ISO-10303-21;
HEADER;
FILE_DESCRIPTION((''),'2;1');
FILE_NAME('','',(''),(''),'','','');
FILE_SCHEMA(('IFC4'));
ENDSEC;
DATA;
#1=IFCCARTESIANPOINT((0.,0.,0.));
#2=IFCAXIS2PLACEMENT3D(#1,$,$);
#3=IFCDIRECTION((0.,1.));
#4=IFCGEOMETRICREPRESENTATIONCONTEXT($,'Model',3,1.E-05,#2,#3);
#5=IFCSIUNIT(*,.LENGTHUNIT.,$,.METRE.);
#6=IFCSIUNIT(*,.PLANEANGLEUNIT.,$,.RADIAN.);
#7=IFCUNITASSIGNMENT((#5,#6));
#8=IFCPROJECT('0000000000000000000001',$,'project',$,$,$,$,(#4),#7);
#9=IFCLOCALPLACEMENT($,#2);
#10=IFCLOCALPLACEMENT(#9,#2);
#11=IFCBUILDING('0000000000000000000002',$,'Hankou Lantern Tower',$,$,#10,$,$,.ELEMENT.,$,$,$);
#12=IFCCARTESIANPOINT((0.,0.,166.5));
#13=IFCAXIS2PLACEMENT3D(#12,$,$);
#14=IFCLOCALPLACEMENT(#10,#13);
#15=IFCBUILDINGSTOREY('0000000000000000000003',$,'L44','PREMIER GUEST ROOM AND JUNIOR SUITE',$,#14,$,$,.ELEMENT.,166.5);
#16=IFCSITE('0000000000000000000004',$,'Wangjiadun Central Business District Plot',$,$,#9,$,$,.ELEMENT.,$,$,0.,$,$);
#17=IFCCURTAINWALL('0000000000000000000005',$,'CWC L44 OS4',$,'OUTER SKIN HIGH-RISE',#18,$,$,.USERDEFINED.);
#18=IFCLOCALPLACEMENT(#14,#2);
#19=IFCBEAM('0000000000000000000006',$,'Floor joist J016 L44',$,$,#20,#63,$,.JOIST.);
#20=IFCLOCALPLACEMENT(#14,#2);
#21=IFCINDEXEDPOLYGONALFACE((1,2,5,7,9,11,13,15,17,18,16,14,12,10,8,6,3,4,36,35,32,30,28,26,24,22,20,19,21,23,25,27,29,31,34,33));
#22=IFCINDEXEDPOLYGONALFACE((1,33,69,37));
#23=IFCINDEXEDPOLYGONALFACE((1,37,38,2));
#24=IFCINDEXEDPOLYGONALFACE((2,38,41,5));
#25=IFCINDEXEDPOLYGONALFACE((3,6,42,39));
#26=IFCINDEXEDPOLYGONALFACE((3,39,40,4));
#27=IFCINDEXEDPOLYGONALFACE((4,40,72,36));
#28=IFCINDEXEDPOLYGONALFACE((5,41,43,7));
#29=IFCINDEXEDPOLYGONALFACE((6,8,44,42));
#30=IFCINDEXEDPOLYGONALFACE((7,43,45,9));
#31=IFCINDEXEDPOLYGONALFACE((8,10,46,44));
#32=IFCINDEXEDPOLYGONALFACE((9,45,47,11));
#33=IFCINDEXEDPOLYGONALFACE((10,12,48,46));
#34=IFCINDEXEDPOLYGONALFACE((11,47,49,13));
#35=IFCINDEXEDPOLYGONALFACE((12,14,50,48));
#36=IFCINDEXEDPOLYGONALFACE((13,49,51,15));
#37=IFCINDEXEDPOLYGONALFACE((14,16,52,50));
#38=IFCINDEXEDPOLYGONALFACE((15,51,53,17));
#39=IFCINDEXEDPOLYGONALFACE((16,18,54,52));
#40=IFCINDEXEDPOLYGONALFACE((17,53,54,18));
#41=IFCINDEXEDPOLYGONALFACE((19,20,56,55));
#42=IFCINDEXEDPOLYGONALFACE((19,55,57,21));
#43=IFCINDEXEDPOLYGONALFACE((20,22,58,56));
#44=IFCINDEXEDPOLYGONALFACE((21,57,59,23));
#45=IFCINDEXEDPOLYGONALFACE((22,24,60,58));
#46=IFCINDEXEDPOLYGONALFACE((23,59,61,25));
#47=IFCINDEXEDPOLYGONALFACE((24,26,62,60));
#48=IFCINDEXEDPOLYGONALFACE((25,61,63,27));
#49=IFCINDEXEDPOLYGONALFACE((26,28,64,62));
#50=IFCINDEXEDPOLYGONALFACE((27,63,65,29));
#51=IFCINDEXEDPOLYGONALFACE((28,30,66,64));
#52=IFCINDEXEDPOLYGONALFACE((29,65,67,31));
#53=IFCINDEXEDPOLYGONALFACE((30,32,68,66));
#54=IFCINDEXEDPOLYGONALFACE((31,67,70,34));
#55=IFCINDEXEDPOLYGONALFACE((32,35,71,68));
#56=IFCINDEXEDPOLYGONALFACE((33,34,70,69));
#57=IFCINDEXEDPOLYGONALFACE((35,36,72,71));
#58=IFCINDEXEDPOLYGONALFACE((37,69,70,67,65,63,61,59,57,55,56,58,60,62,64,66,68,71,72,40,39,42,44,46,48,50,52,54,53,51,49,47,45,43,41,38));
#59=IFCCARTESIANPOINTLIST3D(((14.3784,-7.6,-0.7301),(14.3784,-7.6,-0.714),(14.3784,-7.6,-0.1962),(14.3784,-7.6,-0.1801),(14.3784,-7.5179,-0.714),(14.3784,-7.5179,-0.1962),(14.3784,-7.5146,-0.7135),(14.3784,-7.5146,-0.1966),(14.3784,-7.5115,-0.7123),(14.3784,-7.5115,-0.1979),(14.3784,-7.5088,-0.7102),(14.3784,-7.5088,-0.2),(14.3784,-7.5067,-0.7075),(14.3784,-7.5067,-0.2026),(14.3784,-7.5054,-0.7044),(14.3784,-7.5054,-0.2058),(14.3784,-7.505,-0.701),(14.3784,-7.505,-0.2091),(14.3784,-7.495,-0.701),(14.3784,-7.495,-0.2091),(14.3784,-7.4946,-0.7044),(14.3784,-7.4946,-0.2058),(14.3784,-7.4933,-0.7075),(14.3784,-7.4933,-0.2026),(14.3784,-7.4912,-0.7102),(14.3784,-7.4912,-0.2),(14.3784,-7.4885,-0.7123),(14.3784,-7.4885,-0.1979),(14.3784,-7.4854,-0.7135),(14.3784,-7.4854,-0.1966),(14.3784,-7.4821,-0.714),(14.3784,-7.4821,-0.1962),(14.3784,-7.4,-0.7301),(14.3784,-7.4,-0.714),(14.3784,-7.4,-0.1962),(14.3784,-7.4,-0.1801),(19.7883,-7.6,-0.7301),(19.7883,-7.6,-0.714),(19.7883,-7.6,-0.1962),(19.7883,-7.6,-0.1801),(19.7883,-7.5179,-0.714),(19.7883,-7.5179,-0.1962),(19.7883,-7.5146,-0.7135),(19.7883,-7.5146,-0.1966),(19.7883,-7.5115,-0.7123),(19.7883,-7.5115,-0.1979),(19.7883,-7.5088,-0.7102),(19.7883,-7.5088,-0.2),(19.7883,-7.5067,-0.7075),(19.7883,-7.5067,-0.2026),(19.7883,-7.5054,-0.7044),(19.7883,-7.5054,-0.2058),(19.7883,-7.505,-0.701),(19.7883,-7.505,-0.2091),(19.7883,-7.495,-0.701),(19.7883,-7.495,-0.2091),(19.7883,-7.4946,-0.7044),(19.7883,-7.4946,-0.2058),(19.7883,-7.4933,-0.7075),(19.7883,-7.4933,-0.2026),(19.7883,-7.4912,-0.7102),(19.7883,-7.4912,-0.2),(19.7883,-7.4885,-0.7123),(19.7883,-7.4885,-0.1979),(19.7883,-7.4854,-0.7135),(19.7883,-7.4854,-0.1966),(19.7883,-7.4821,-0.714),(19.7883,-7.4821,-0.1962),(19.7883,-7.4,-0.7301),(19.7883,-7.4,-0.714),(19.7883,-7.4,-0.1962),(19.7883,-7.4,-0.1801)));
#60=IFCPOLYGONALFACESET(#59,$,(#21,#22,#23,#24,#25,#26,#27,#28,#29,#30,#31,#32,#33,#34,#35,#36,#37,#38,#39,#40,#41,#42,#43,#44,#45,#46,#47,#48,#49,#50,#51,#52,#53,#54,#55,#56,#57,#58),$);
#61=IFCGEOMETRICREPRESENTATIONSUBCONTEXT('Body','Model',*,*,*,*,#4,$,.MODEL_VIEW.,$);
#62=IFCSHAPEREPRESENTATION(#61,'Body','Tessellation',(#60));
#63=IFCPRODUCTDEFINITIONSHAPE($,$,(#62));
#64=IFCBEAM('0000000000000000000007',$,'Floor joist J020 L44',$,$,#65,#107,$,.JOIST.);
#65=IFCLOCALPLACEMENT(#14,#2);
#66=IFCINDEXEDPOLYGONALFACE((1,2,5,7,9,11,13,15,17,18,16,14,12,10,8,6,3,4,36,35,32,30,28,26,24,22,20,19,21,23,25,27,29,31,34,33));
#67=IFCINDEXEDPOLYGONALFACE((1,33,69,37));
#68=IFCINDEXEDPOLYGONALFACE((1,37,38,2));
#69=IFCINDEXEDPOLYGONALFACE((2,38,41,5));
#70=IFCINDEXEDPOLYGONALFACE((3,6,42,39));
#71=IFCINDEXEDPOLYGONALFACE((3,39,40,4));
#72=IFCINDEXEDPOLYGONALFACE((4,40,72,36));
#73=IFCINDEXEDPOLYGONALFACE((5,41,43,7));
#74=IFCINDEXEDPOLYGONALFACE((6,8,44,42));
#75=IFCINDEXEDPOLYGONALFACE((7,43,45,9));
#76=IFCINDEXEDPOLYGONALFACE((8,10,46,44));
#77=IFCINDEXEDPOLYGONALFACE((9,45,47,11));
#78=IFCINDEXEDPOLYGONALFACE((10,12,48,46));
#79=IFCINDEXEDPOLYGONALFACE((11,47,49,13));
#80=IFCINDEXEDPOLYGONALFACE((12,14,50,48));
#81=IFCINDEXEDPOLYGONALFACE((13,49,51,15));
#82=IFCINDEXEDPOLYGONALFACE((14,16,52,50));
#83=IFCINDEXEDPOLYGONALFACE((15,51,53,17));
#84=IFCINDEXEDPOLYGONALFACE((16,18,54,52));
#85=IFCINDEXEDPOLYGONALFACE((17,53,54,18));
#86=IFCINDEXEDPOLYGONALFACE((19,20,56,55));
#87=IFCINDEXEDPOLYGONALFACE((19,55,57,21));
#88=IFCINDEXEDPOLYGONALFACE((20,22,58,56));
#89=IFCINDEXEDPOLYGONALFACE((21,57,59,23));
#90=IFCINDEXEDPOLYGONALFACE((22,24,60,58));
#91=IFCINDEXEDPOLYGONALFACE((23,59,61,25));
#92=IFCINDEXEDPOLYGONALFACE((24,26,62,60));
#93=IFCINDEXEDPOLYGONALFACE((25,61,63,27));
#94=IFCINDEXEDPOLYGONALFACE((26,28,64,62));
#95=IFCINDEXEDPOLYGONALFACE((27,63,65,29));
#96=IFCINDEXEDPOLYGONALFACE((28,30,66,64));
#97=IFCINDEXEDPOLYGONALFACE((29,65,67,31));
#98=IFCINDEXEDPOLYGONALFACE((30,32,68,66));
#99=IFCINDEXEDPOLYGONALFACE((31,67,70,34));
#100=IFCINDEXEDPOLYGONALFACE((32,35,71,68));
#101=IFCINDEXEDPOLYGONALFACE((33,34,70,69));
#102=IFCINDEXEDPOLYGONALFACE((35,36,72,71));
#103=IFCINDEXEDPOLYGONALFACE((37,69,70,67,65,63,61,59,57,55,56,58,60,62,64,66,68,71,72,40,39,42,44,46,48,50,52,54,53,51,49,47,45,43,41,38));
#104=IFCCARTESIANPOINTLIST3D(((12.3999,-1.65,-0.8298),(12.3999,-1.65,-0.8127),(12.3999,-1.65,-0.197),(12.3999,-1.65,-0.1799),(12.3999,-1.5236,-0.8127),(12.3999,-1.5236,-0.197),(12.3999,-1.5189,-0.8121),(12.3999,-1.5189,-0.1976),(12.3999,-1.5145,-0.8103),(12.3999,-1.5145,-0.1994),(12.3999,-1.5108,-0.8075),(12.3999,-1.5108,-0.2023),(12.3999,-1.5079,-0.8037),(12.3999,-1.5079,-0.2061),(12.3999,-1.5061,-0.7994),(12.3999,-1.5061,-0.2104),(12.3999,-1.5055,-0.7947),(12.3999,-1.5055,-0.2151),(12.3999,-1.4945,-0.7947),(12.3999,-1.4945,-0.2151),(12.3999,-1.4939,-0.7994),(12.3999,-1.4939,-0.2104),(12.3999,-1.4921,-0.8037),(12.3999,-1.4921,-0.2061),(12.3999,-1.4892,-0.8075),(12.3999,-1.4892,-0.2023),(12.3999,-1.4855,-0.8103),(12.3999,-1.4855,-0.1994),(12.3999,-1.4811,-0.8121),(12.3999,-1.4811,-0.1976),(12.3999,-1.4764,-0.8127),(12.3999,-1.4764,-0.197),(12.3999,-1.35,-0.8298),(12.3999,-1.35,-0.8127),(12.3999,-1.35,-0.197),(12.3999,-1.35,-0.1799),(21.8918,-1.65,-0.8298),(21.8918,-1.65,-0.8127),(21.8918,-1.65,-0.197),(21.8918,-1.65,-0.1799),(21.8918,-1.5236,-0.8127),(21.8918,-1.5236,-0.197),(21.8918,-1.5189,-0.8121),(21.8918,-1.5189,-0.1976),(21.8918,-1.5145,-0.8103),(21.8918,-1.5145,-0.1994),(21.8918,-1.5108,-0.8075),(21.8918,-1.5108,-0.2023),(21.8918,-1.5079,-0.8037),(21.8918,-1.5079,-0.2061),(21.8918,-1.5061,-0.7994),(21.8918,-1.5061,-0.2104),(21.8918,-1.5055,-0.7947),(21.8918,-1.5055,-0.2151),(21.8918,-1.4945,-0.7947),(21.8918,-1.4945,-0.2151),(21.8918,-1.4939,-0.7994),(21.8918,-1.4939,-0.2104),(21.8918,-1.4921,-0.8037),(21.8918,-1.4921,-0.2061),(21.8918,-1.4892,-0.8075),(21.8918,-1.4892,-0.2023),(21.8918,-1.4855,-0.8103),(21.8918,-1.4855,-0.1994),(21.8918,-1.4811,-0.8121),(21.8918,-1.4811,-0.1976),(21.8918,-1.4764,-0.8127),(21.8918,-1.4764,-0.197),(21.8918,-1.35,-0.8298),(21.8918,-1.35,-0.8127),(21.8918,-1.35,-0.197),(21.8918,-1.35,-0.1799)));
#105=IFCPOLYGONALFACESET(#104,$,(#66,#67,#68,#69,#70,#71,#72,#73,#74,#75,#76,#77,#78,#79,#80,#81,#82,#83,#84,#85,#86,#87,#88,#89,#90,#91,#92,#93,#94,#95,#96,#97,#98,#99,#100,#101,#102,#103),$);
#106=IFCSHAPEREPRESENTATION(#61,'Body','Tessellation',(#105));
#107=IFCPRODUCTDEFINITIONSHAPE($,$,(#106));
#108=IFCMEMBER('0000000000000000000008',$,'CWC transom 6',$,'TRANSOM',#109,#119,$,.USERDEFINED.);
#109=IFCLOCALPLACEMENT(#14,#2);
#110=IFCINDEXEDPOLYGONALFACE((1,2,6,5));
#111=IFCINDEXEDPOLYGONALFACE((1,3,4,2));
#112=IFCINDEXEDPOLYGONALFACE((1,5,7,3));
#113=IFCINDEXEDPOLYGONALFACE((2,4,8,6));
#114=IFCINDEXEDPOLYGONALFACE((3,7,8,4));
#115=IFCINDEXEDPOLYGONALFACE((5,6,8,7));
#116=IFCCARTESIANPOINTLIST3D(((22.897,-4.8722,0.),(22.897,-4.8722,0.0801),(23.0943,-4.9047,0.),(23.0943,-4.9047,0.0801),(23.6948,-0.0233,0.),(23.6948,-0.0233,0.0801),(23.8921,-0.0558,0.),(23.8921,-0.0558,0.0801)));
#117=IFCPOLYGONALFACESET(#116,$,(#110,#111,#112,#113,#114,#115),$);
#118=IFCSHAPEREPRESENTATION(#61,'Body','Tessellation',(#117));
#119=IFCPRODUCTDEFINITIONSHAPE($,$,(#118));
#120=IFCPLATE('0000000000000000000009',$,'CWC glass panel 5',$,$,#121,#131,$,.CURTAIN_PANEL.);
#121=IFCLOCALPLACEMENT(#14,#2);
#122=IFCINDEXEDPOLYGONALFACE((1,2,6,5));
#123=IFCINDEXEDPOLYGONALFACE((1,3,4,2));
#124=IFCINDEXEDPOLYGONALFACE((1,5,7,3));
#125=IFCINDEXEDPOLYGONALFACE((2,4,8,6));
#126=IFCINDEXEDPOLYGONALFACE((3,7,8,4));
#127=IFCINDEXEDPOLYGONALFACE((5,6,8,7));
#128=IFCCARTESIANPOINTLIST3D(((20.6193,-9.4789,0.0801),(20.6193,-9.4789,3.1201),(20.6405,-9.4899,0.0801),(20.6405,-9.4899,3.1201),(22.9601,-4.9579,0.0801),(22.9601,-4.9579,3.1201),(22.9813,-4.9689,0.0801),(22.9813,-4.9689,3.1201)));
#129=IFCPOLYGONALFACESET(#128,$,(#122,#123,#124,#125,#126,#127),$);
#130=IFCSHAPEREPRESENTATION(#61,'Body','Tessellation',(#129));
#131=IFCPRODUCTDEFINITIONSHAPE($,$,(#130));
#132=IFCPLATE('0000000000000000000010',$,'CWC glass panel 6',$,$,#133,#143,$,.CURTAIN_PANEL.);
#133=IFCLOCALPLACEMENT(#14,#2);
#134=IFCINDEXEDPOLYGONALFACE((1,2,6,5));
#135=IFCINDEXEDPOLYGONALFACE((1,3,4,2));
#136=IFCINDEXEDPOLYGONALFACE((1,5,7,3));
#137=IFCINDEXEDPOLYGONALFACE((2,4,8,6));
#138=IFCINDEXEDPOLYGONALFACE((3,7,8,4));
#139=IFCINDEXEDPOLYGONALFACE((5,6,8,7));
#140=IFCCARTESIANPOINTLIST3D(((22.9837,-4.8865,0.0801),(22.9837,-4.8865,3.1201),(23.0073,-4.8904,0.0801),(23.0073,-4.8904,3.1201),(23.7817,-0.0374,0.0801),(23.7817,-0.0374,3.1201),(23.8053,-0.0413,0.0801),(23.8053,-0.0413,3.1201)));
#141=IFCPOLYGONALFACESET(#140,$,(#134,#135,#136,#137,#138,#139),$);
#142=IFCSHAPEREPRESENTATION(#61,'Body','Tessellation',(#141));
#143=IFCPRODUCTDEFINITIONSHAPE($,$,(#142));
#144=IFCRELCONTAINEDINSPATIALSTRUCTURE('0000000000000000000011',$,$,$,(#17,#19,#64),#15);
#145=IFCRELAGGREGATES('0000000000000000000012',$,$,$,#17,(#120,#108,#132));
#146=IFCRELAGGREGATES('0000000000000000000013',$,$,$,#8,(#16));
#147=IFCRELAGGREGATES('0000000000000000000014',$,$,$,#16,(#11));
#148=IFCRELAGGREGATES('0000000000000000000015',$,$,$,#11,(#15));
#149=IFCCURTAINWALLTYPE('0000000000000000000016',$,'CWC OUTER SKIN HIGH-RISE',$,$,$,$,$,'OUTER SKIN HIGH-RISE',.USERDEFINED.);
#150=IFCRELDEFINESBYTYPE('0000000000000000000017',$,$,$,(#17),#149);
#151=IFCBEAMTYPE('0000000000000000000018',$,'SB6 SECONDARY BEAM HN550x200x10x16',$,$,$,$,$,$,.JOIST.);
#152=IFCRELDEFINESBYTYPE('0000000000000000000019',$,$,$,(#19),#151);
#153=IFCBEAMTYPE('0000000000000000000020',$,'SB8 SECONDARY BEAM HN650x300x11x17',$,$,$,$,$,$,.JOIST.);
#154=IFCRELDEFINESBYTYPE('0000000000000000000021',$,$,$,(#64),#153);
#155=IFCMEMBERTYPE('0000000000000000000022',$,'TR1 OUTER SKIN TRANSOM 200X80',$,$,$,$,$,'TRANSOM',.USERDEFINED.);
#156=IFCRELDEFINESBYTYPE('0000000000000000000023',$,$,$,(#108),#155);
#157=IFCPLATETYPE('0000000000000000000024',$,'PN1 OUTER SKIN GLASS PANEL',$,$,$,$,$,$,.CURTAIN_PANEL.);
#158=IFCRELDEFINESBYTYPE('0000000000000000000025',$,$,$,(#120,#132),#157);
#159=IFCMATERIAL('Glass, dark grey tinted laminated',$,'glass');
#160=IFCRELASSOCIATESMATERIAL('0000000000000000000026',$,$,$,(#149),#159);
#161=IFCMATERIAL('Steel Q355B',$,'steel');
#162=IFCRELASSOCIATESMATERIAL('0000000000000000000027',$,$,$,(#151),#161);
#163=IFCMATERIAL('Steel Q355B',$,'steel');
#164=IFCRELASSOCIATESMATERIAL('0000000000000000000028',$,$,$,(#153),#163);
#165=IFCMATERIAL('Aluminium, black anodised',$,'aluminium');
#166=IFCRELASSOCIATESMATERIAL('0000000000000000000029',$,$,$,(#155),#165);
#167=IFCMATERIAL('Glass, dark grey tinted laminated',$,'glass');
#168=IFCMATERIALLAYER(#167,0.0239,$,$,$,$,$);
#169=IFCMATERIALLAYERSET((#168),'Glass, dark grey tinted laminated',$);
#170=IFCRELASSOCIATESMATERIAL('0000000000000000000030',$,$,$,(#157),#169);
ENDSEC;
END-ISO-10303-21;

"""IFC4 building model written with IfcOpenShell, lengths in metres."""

from ifc_helpers import new_model, si_unit, direction, frame, origin, origin_2d, place, context, subcontext, project, spatial, rectangle, i_section, extrude, material, layer, layer_set, material_profile, profile_set, type_object, element, aggregate, save


model = new_model("IFC4")

# Units and contexts
model_context = context("Model", 3, precision=1e-05, world=origin(), true_north=direction((0.0, 1.0)))
body_context = subcontext(model_context, "Body", "Model", "MODEL_VIEW")
ifc_project = project(units=[si_unit("LENGTHUNIT", "METRE"), si_unit("PLANEANGLEUNIT", "RADIAN")], contexts=[model_context])

# Site, building, storey
site_placement = place(None, origin())
site = spatial("IfcSite", under=ifc_project, at=site_placement, Name="Wangjiadun Central Business District Plot", CompositionType="ELEMENT", RefElevation=0.0)
building_placement = place(site_placement, origin())
building = spatial("IfcBuilding", under=site, at=building_placement, Name="Hankou Lantern Tower", CompositionType="ELEMENT")
storey_placement = place(building_placement, frame((0.0, 0.0, 166.5)))
storey = spatial("IfcBuildingStorey", under=building, at=storey_placement, Name="L44", Description="PREMIER GUEST ROOM AND JUNIOR SUITE", CompositionType="ELEMENT", Elevation=166.5)

# Curtain wall
ifc_material_1 = material(Name="Glass, dark grey tinted laminated", Category="glass")
curtain_wall_type = type_object("IfcCurtainWallType", Name="CWC OUTER SKIN HIGH-RISE", ElementType="OUTER SKIN HIGH-RISE", PredefinedType="USERDEFINED", material=ifc_material_1)
curtain_wall_placement = place(storey_placement, origin())
curtain_wall = element("IfcCurtainWall", 1, at=curtain_wall_placement, inside=storey, type_object=curtain_wall_type, Name="CWC L44 OS4", ObjectType="OUTER SKIN HIGH-RISE", PredefinedType="USERDEFINED")

# Beams
ifc_material_2 = material(Name="Steel Q355B", Category="steel")
ifc_material_profile_1 = material_profile(ifc_material_2, i_section(OverallWidth=0.2, OverallDepth=0.55, WebThickness=0.01, FlangeThickness=0.0161, FilletRadius=0.0129, at=origin_2d()), Name="HN550x200x10x16")
ifc_profile_set_1 = profile_set([ifc_material_profile_1], Name="Steel Q355B")
beam_type_1 = type_object("IfcBeamType", Name="SB6 SECONDARY BEAM HN550x200x10x16", PredefinedType="JOIST", material=ifc_profile_set_1)
beam_1_placement = place(storey_placement, frame((14.3784, -7.5, -0.4551), z_axis=(1.0, 0.0, 0.0), x_axis=(0.0, 1.0, 0.0)))
element("IfcBeam", 2, at=beam_1_placement, inside=storey, type_object=beam_type_1, Name="Floor joist J016 L44", PredefinedType="JOIST", context=body_context, shape_type="SweptSolid", body=[
    extrude(i_section(OverallWidth=0.2, OverallDepth=0.55, WebThickness=0.01, FlangeThickness=0.0161, FilletRadius=0.0129, at=origin_2d()), origin(), (0.0, 0.0, 1.0), 5.4099),
])
ifc_material_3 = material(Name="Steel Q355B", Category="steel")
ifc_material_profile_2 = material_profile(ifc_material_3, i_section(OverallWidth=0.3, OverallDepth=0.6499, WebThickness=0.011, FlangeThickness=0.0171, FilletRadius=0.0181, at=origin_2d()), Name="HN650x300x11x17")
ifc_profile_set_2 = profile_set([ifc_material_profile_2], Name="Steel Q355B")
beam_type_2 = type_object("IfcBeamType", Name="SB8 SECONDARY BEAM HN650x300x11x17", PredefinedType="JOIST", material=ifc_profile_set_2)
beam_2_placement = place(storey_placement, frame((12.3999, -1.5, -0.5049), z_axis=(1.0, 0.0, 0.0), x_axis=(0.0, 1.0, 0.0)))
element("IfcBeam", 3, at=beam_2_placement, inside=storey, type_object=beam_type_2, Name="Floor joist J020 L44", PredefinedType="JOIST", context=body_context, shape_type="SweptSolid", body=[
    extrude(i_section(OverallWidth=0.3, OverallDepth=0.6499, WebThickness=0.011, FlangeThickness=0.0171, FilletRadius=0.0181, at=origin_2d()), origin(), (0.0, 0.0, 1.0), 9.4919),
])

# Member
ifc_material_4 = material(Name="Aluminium, black anodised", Category="aluminium")
ifc_material_profile_3 = material_profile(ifc_material_4, rectangle(XDim=0.2, YDim=0.0801, at=origin_2d()), Name="TR1 200X80")
ifc_profile_set_3 = profile_set([ifc_material_profile_3], Name="Aluminium, black anodised")
member_type_1 = type_object("IfcMemberType", Name="TR1 OUTER SKIN TRANSOM 200X80", ElementType="TRANSOM", PredefinedType="USERDEFINED", material=ifc_profile_set_3)
member_1_placement = place(storey_placement, frame((22.9956, -4.8884, 0.04), z_axis=(0.16236, 0.986732, 0.0), x_axis=(-0.986732, 0.16236, 0.0)))
member_1 = element("IfcMember", 4, at=member_1_placement, type_object=member_type_1, Name="CWC transom 6", ObjectType="TRANSOM", PredefinedType="USERDEFINED", context=body_context, shape_type="SweptSolid", body=[
    extrude(rectangle(XDim=0.2, YDim=0.0801, at=origin_2d()), origin(), (0.0, 0.0, 1.0), 4.9141),
])

# Plates
ifc_material_5 = material(Name="Glass, dark grey tinted laminated", Category="glass")
ifc_layer_1 = layer(ifc_material_5, 0.0239)
ifc_layer_set_1 = layer_set([ifc_layer_1], Name="Glass, dark grey tinted laminated")
plate_type = type_object("IfcPlateType", Name="PN1 OUTER SKIN GLASS PANEL", PredefinedType="CURTAIN_PANEL", material=ifc_layer_set_1)
plate_1_placement = place(storey_placement, frame((21.8003, -7.2239, 0.0801), z_axis=(0.0, 0.0, 1.0), x_axis=(0.459791, 0.888027, 0.0)))
plate_1 = element("IfcPlate", 5, at=plate_1_placement, type_object=plate_type, Name="CWC glass panel 5", PredefinedType="CURTAIN_PANEL", context=body_context, shape_type="SweptSolid", body=[
    extrude(rectangle(XDim=5.0911, YDim=0.0239, at=origin_2d()), origin(), (0.0, 0.0, 1.0), 3.04),
])
plate_2_placement = place(storey_placement, frame((23.3945, -2.4639, 0.0801), z_axis=(0.0, 0.0, 1.0), x_axis=(0.162382, 0.986728, 0.0)))
plate_2 = element("IfcPlate", 6, at=plate_2_placement, type_object=plate_type, Name="CWC glass panel 6", PredefinedType="CURTAIN_PANEL", context=body_context, shape_type="SweptSolid", body=[
    extrude(rectangle(XDim=4.9143, YDim=0.0239, at=origin_2d()), origin(), (0.0, 0.0, 1.0), 3.04),
])
aggregate(curtain_wall, [plate_1, member_1, plate_2])

save(model, "model.ifc")
